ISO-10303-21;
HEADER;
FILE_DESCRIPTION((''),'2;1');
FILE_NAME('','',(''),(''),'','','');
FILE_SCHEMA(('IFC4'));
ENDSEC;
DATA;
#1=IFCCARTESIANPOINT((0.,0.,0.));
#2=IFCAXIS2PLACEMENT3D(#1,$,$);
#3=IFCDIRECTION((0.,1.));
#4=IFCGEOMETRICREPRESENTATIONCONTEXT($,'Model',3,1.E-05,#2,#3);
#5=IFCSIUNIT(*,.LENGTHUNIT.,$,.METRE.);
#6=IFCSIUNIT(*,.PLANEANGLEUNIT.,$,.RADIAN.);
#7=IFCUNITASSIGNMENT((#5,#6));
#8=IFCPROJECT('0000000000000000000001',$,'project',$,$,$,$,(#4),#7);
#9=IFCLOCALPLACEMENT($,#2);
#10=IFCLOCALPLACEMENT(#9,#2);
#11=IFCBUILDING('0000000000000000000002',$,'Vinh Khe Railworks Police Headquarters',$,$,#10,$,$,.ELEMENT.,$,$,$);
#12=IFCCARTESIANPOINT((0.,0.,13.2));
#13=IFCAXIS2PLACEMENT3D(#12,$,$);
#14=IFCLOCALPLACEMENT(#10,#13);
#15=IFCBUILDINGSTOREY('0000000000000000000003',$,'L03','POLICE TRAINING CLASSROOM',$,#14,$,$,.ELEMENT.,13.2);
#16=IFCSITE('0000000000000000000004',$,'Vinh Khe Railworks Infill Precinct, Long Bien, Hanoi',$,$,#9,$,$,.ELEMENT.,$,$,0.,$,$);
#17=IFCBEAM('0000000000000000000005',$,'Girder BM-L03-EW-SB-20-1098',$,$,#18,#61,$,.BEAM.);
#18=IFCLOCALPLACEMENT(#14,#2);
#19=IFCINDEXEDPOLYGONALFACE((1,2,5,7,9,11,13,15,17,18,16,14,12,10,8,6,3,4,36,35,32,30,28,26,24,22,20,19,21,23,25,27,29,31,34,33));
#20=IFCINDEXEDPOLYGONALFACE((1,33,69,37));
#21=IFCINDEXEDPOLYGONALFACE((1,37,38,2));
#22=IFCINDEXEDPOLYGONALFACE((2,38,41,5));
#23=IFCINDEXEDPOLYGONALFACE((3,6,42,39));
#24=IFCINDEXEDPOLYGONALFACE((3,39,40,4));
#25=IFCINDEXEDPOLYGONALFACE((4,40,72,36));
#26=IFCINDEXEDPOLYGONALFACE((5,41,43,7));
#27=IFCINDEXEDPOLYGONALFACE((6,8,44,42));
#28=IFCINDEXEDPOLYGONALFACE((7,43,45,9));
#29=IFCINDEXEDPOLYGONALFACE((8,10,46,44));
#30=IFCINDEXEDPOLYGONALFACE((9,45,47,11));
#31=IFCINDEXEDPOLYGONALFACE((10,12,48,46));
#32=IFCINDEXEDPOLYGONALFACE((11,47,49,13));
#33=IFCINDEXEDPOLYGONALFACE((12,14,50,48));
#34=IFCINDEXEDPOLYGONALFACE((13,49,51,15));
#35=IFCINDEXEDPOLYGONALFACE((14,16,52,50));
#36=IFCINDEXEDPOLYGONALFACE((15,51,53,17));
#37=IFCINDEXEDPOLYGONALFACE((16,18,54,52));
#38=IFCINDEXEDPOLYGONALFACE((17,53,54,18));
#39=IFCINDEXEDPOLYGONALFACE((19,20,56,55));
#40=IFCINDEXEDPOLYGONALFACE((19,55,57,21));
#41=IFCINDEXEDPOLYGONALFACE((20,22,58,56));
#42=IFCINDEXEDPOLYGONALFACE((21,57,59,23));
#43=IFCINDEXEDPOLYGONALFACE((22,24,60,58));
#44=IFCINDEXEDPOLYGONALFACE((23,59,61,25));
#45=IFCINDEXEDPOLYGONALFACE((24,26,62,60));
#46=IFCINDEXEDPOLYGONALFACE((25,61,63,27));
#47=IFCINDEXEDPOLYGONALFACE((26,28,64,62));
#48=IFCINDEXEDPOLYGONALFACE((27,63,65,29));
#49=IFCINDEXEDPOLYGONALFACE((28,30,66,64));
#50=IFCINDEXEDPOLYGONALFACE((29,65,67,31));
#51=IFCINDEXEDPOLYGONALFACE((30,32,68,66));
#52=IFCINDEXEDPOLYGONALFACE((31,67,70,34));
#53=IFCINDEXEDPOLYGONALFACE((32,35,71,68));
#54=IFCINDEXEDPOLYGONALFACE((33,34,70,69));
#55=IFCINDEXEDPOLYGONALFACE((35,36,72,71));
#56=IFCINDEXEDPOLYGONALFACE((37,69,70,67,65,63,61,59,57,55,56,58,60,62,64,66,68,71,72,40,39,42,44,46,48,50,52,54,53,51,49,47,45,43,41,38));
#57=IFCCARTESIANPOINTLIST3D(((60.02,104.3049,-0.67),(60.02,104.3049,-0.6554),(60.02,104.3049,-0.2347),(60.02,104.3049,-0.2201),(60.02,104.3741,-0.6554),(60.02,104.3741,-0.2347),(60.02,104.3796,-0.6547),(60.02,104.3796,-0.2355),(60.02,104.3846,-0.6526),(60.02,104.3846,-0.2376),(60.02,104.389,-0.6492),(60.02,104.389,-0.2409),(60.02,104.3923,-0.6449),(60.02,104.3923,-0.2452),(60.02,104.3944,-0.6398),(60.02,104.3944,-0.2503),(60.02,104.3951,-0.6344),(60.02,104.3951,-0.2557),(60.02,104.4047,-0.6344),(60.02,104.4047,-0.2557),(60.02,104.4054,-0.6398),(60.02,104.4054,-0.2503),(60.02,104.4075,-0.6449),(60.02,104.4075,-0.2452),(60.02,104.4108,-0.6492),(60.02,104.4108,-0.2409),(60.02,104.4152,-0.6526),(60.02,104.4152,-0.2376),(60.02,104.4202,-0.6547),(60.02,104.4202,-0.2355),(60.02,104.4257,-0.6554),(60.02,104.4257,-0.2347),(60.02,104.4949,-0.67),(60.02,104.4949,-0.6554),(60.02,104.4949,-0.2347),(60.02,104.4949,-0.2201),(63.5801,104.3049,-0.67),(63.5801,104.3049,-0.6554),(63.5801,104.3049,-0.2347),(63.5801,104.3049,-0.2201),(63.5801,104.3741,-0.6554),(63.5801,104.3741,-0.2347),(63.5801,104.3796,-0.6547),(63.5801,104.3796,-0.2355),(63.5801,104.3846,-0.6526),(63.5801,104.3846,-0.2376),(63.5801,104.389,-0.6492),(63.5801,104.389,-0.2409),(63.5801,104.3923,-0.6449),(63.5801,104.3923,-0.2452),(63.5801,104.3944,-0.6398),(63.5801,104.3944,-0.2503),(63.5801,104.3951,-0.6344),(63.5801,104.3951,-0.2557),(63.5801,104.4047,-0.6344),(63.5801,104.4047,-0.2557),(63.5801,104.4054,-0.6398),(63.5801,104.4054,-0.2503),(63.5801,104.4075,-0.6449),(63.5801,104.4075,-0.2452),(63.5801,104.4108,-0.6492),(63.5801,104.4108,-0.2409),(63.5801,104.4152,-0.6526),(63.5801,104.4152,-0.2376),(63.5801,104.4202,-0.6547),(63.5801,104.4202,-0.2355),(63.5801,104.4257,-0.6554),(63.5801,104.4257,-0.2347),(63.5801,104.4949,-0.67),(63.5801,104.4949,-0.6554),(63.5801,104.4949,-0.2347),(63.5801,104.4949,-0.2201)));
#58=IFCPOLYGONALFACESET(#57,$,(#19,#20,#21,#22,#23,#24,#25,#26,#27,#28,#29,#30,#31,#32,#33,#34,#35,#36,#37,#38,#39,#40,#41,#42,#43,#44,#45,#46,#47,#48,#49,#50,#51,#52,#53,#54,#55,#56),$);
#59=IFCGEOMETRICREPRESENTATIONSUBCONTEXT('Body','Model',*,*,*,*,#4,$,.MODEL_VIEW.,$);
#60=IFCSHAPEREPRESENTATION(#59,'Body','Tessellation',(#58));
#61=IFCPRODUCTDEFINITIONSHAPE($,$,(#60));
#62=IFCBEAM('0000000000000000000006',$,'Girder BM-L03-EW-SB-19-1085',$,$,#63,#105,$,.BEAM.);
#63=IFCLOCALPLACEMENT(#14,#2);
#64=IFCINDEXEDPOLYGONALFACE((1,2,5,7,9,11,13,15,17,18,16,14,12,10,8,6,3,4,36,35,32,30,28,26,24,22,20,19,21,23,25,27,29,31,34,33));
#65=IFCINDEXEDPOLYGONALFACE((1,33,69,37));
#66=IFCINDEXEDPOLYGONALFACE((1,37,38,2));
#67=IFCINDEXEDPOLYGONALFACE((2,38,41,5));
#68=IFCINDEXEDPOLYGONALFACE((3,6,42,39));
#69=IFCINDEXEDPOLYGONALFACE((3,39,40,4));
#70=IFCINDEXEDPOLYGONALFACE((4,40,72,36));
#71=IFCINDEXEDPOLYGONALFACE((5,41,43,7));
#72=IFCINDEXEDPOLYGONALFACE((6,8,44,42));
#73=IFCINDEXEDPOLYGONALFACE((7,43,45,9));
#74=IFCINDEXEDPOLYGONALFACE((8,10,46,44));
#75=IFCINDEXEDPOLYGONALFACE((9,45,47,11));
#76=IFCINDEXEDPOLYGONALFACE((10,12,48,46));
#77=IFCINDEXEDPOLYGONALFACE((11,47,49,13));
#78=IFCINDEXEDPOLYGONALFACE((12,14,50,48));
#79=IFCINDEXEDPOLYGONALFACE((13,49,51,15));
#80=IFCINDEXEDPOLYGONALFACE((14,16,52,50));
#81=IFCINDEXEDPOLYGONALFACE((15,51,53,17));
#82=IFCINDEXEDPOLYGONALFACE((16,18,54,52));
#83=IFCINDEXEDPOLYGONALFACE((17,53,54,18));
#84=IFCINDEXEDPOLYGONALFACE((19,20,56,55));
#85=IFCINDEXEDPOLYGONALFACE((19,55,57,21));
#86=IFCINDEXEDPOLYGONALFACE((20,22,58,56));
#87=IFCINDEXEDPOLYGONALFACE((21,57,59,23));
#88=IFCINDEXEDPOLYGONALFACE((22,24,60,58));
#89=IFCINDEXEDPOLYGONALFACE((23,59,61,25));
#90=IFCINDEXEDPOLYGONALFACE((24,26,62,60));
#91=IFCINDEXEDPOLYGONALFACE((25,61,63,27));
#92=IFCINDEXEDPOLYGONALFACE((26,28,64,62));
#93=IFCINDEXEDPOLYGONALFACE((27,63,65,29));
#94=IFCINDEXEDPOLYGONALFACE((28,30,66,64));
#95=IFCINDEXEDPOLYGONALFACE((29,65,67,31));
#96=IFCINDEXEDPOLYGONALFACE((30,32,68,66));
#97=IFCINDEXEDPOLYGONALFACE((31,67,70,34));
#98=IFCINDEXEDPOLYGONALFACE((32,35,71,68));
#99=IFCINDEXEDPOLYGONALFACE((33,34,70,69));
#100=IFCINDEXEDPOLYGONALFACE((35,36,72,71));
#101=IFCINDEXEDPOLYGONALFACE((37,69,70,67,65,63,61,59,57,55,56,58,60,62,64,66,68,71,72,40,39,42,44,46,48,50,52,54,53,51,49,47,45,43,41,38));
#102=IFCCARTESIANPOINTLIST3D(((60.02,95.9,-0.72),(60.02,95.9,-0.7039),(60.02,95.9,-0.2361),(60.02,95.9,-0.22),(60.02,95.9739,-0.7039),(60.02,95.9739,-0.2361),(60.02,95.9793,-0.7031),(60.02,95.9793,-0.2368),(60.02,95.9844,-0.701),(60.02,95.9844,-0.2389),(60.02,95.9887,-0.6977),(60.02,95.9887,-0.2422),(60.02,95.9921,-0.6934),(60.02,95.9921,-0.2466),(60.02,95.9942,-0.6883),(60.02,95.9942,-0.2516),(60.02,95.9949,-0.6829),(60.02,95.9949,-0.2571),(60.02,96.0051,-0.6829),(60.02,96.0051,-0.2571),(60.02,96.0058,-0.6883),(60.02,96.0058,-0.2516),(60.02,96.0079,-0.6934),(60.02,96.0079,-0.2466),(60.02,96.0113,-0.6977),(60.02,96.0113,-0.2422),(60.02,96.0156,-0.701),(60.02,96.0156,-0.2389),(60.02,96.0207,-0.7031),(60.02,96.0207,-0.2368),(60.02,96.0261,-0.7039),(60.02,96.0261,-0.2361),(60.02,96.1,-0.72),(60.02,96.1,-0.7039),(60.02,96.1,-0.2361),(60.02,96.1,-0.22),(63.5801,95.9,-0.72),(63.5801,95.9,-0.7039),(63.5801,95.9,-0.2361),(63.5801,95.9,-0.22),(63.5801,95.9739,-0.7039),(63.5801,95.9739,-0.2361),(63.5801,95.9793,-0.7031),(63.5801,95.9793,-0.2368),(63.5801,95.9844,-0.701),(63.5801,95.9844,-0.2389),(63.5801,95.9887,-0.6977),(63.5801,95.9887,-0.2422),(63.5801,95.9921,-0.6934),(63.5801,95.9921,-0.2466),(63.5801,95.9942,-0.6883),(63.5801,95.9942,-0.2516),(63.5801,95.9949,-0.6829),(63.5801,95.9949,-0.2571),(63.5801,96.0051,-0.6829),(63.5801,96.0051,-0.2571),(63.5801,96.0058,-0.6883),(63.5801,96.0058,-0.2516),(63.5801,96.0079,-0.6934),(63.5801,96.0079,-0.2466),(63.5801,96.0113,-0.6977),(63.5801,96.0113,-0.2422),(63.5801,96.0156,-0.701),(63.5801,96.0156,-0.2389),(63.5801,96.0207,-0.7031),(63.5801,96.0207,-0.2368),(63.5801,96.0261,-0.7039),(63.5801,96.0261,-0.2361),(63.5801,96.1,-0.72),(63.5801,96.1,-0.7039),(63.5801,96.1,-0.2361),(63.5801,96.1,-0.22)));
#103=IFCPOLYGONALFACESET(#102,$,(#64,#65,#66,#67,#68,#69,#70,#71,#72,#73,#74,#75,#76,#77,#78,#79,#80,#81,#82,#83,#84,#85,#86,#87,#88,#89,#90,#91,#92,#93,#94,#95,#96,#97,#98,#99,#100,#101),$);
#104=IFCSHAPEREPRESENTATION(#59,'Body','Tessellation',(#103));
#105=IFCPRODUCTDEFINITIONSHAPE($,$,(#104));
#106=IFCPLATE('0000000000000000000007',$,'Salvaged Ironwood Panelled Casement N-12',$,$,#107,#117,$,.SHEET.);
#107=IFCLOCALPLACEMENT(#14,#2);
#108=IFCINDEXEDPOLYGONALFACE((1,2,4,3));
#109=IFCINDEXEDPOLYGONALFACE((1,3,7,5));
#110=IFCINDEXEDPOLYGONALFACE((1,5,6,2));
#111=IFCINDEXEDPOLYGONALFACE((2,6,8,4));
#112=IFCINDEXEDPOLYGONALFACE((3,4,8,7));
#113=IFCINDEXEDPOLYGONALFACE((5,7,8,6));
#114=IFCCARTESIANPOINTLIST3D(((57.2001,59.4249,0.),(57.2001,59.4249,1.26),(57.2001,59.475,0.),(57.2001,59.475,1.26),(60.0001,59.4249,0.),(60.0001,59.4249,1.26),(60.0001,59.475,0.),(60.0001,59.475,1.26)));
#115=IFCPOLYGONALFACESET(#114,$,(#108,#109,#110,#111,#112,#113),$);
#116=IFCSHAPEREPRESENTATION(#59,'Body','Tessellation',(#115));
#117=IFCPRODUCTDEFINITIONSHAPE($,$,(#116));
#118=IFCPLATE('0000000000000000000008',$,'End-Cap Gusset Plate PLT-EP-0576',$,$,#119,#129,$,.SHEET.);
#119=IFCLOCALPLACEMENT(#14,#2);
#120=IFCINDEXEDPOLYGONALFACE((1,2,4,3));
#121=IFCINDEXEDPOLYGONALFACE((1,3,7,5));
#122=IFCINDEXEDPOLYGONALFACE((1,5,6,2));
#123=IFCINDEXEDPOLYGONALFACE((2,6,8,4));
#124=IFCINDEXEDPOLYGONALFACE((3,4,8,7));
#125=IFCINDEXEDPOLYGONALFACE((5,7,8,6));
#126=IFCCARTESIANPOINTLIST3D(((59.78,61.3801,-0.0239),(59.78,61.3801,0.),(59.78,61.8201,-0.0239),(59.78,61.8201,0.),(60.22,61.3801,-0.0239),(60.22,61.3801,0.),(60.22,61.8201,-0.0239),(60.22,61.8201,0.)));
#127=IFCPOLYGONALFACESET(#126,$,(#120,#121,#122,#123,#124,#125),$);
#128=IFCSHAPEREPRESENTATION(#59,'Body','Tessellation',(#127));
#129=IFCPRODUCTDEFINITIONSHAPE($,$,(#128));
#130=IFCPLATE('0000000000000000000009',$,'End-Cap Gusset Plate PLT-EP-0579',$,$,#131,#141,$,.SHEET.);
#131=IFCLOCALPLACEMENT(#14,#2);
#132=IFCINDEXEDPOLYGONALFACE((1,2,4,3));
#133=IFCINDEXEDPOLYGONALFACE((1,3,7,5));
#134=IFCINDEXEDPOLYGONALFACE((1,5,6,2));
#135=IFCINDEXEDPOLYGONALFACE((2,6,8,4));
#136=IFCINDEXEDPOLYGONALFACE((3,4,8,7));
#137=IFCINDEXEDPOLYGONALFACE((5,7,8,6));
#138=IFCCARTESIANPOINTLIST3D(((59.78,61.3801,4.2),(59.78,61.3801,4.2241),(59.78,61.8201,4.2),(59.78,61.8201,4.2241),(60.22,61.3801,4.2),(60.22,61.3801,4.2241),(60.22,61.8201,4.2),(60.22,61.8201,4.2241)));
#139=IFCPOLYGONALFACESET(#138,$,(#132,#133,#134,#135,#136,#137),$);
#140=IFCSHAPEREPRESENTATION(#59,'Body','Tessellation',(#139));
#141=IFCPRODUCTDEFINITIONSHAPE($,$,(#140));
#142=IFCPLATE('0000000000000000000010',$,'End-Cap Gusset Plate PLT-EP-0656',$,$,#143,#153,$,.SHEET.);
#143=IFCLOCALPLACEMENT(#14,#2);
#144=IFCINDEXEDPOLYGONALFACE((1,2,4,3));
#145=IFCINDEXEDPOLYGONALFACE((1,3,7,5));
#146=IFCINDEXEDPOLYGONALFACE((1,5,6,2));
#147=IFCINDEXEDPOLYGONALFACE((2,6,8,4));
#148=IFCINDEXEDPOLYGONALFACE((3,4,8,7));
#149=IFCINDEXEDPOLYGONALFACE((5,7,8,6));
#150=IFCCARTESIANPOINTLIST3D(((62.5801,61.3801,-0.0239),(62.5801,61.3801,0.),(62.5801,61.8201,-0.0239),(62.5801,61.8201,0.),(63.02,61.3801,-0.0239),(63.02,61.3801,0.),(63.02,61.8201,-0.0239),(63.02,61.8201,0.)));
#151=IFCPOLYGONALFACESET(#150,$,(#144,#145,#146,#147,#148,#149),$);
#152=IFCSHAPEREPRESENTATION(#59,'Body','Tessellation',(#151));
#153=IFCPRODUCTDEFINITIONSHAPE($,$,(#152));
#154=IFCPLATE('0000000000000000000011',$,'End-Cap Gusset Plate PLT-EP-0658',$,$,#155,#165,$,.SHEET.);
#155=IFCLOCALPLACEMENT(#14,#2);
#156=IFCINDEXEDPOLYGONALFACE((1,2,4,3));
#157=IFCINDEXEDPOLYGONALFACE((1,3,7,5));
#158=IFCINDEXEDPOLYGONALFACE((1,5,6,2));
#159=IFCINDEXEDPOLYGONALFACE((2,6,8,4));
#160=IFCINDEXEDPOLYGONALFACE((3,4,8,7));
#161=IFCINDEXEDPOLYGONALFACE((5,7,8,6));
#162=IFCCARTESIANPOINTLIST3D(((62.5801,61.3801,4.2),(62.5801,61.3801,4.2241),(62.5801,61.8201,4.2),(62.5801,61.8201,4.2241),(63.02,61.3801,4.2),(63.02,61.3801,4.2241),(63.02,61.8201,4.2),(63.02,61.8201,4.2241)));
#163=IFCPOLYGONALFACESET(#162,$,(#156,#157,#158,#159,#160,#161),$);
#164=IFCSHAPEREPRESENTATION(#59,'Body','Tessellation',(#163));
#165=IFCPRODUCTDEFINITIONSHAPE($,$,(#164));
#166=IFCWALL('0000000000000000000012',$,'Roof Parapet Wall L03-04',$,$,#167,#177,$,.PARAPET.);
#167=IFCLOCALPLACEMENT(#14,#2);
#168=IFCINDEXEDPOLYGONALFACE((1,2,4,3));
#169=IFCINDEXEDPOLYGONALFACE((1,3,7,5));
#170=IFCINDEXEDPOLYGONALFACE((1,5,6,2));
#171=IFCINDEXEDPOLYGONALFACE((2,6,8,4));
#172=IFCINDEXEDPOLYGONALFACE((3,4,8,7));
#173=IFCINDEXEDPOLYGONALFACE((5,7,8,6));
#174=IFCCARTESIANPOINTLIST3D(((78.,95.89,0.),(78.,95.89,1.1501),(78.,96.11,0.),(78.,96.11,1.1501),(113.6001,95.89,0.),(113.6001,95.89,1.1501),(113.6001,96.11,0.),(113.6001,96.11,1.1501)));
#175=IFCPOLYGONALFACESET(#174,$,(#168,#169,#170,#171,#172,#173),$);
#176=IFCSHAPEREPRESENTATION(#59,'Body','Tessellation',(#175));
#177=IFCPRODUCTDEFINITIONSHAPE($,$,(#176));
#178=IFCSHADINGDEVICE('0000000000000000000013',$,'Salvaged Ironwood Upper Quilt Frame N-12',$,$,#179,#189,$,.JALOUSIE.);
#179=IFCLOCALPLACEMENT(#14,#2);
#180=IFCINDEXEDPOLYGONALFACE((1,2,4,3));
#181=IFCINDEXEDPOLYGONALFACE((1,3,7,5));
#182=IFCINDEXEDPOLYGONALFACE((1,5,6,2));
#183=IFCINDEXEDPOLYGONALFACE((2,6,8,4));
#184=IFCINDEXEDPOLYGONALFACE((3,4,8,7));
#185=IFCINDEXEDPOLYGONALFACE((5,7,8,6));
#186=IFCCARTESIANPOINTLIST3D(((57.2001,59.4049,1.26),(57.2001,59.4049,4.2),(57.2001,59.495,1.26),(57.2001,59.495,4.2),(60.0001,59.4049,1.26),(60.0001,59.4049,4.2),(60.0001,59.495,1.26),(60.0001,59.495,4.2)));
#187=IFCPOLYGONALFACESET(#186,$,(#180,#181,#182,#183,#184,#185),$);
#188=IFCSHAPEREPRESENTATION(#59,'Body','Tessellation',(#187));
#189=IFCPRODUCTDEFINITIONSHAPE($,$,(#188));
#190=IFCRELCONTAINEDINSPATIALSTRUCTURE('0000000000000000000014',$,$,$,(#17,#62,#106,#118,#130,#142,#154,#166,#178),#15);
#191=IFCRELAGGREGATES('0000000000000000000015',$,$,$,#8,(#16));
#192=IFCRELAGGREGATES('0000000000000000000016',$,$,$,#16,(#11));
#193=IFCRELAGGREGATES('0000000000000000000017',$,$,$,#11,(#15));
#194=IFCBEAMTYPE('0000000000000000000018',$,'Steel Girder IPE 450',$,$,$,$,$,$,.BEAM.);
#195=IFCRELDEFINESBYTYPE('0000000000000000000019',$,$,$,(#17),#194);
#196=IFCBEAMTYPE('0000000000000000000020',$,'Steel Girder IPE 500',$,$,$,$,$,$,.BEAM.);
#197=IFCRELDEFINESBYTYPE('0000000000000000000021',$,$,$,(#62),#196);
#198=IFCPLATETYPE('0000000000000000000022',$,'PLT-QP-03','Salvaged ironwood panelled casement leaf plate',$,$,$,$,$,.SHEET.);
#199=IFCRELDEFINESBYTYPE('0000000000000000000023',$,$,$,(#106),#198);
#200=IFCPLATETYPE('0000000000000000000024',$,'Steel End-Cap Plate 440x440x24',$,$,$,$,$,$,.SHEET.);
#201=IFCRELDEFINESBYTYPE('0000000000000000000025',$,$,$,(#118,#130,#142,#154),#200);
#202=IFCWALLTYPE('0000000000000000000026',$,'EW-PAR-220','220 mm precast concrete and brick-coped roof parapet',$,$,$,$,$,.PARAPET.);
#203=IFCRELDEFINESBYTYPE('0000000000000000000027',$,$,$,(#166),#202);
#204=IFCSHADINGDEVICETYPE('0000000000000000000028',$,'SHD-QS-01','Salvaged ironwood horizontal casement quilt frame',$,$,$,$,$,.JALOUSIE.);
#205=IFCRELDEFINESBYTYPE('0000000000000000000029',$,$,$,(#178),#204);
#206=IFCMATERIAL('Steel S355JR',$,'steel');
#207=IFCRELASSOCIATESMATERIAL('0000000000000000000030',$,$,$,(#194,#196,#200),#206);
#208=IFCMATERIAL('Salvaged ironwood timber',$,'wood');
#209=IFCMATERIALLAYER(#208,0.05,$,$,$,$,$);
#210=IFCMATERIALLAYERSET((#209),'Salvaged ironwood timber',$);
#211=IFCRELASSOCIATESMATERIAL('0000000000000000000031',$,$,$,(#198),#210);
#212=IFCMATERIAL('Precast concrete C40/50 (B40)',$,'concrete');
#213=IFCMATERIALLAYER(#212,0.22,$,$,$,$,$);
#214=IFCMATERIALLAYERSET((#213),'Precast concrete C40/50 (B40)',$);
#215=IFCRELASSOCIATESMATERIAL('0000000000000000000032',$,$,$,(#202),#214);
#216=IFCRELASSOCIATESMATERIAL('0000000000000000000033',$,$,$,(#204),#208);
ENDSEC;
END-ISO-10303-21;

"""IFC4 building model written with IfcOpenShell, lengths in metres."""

from ifc_helpers import new_model, si_unit, direction, frame, frame_2d, origin, origin_2d, place, context, subcontext, project, spatial, rectangle, i_section, extrude, material, layer, layer_set, material_profile, profile_set, type_object, element, save


model = new_model("IFC4")

# Units and contexts
model_context = context("Model", 3, precision=1e-05, world=origin(), true_north=direction((0.0, 1.0)))
body_context = subcontext(model_context, "Body", "Model", "MODEL_VIEW")
ifc_project = project(units=[si_unit("LENGTHUNIT", "METRE"), si_unit("PLANEANGLEUNIT", "RADIAN")], contexts=[model_context])

# Site, building, storey
site_placement = place(None, origin())
site = spatial("IfcSite", under=ifc_project, at=site_placement, Name="Vinh Khe Railworks Infill Precinct, Long Bien, Hanoi", CompositionType="ELEMENT", RefElevation=0.0)
building_placement = place(site_placement, origin())
building = spatial("IfcBuilding", under=site, at=building_placement, Name="Vinh Khe Railworks Police Headquarters", CompositionType="ELEMENT")
storey_placement = place(building_placement, frame((0.0, 0.0, 13.2)))
storey = spatial("IfcBuildingStorey", under=building, at=storey_placement, Name="L03", Description="POLICE TRAINING CLASSROOM", CompositionType="ELEMENT", Elevation=13.2)

# Shared definitions
ifc_material_1 = material(Name="Steel S355JR", Category="steel")

# Shared definitions
ifc_material_2 = material(Name="Salvaged ironwood timber", Category="wood")

# Beams
ifc_material_profile_1 = material_profile(ifc_material_1, i_section(OverallWidth=0.1899, OverallDepth=0.45, WebThickness=0.0095, FlangeThickness=0.0146, FilletRadius=0.021, at=origin_2d()), Name="IPE 450")
ifc_profile_set_1 = profile_set([ifc_material_profile_1], Name="Steel S355JR")
beam_type_1 = type_object("IfcBeamType", Name="Steel Girder IPE 450", PredefinedType="BEAM", material=ifc_profile_set_1)
beam_1_placement = place(storey_placement, frame((60.02, 104.3999, -0.4451), z_axis=(1.0, 0.0, 0.0), x_axis=(0.0, 1.0, 0.0)))
element("IfcBeam", 1, at=beam_1_placement, inside=storey, type_object=beam_type_1, Name="Girder BM-L03-EW-SB-20-1098", PredefinedType="BEAM", context=body_context, shape_type="SweptSolid", body=[
    extrude(i_section(OverallWidth=0.1899, OverallDepth=0.45, WebThickness=0.0095, FlangeThickness=0.0146, FilletRadius=0.021, at=origin_2d()), origin(), (0.0, 0.0, 1.0), 3.5601),
])
ifc_material_profile_2 = material_profile(ifc_material_1, i_section(OverallWidth=0.2, OverallDepth=0.5, WebThickness=0.0103, FlangeThickness=0.0161, FilletRadius=0.021, at=origin_2d()), Name="IPE 500")
ifc_profile_set_2 = profile_set([ifc_material_profile_2], Name="Steel S355JR")
beam_type_2 = type_object("IfcBeamType", Name="Steel Girder IPE 500", PredefinedType="BEAM", material=ifc_profile_set_2)
beam_2_placement = place(storey_placement, frame((60.02, 96.0, -0.47), z_axis=(1.0, 0.0, 0.0), x_axis=(0.0, 1.0, 0.0)))
element("IfcBeam", 2, at=beam_2_placement, inside=storey, type_object=beam_type_2, Name="Girder BM-L03-EW-SB-19-1085", PredefinedType="BEAM", context=body_context, shape_type="SweptSolid", body=[
    extrude(i_section(OverallWidth=0.2, OverallDepth=0.5, WebThickness=0.0103, FlangeThickness=0.0161, FilletRadius=0.021, at=origin_2d()), origin(), (0.0, 0.0, 1.0), 3.5601),
])

# Plates
ifc_layer_1 = layer(ifc_material_2, 0.05)
ifc_layer_set_1 = layer_set([ifc_layer_1], Name="Salvaged ironwood timber")
plate_type_1 = type_object("IfcPlateType", Name="PLT-QP-03", Description="Salvaged ironwood panelled casement leaf plate", PredefinedType="SHEET", material=ifc_layer_set_1)
plate_1_placement = place(storey_placement, frame((58.6001, 59.45, 0.0), z_axis=(0.0, 0.0, 1.0), x_axis=(1.0, 0.0, 0.0)))
element("IfcPlate", 3, at=plate_1_placement, inside=storey, type_object=plate_type_1, Name="Salvaged Ironwood Panelled Casement N-12", PredefinedType="SHEET", context=body_context, shape_type="SweptSolid", body=[
    extrude(rectangle(XDim=2.8, YDim=0.05, at=origin_2d()), origin(), (0.0, 0.0, 1.0), 1.26),
])
ifc_material_profile_3 = material_profile(ifc_material_1, rectangle(XDim=0.4399, YDim=0.4399, at=origin_2d()), Name="PL 440x440")
ifc_profile_set_3 = profile_set([ifc_material_profile_3], Name="Steel S355JR")
plate_type_2 = type_object("IfcPlateType", Name="Steel End-Cap Plate 440x440x24", PredefinedType="SHEET", material=ifc_profile_set_3)
plate_2_placement = place(storey_placement, frame((60.0, 61.6001, 0.0), z_axis=(0.0, 0.0, -1.0), x_axis=(1.0, 0.0, 0.0)))
element("IfcPlate", 4, at=plate_2_placement, inside=storey, type_object=plate_type_2, Name="End-Cap Gusset Plate PLT-EP-0576", PredefinedType="SHEET", context=body_context, shape_type="SweptSolid", body=[
    extrude(rectangle(XDim=0.4399, YDim=0.4399, at=origin_2d()), origin(), (0.0, 0.0, 1.0), 0.0239),
])
plate_3_placement = place(storey_placement, frame((60.0, 61.6001, 4.2), z_axis=(0.0, 0.0, 1.0), x_axis=(1.0, 0.0, 0.0)))
element("IfcPlate", 5, at=plate_3_placement, inside=storey, type_object=plate_type_2, Name="End-Cap Gusset Plate PLT-EP-0579", PredefinedType="SHEET", context=body_context, shape_type="SweptSolid", body=[
    extrude(rectangle(XDim=0.4399, YDim=0.4399, at=origin_2d()), origin(), (0.0, 0.0, 1.0), 0.0242),
])
plate_4_placement = place(storey_placement, frame((62.8, 61.6001, 0.0), z_axis=(0.0, 0.0, -1.0), x_axis=(1.0, 0.0, 0.0)))
element("IfcPlate", 6, at=plate_4_placement, inside=storey, type_object=plate_type_2, Name="End-Cap Gusset Plate PLT-EP-0656", PredefinedType="SHEET", context=body_context, shape_type="SweptSolid", body=[
    extrude(rectangle(XDim=0.4399, YDim=0.4399, at=origin_2d()), origin(), (0.0, 0.0, 1.0), 0.0239),
])
plate_5_placement = place(storey_placement, frame((62.8, 61.6001, 4.2), z_axis=(0.0, 0.0, 1.0), x_axis=(1.0, 0.0, 0.0)))
element("IfcPlate", 7, at=plate_5_placement, inside=storey, type_object=plate_type_2, Name="End-Cap Gusset Plate PLT-EP-0658", PredefinedType="SHEET", context=body_context, shape_type="SweptSolid", body=[
    extrude(rectangle(XDim=0.4399, YDim=0.4399, at=origin_2d()), origin(), (0.0, 0.0, 1.0), 0.0242),
])

# Wall
ifc_material_3 = material(Name="Precast concrete C40/50 (B40)", Category="concrete")
ifc_layer_2 = layer(ifc_material_3, 0.22)
ifc_layer_set_2 = layer_set([ifc_layer_2], Name="Precast concrete C40/50 (B40)")
wall_type = type_object("IfcWallType", Name="EW-PAR-220", Description="220 mm precast concrete and brick-coped roof parapet", PredefinedType="PARAPET", material=ifc_layer_set_2)
wall_placement = place(storey_placement, frame((78.0, 96.0, 0.0), z_axis=(0.0, 0.0, 1.0), x_axis=(1.0, 0.0, 0.0)))
element("IfcWall", 8, at=wall_placement, inside=storey, type_object=wall_type, Name="Roof Parapet Wall L03-04", PredefinedType="PARAPET", context=body_context, shape_type="SweptSolid", body=[
    extrude(rectangle(XDim=35.6001, YDim=0.22, at=frame_2d((17.8, 0.0))), origin(), (0.0, 0.0, 1.0), 1.1501),
])

# Shading device
shading_device_type_1 = type_object("IfcShadingDeviceType", Name="SHD-QS-01", Description="Salvaged ironwood horizontal casement quilt frame", PredefinedType="JALOUSIE", material=ifc_material_2)
shading_device_1_placement = place(storey_placement, frame((58.6001, 59.45, 1.26), z_axis=(0.0, 0.0, 1.0), x_axis=(1.0, 0.0, 0.0)))
element("IfcShadingDevice", 9, at=shading_device_1_placement, inside=storey, type_object=shading_device_type_1, Name="Salvaged Ironwood Upper Quilt Frame N-12", PredefinedType="JALOUSIE", context=body_context, shape_type="SweptSolid", body=[
    extrude(rectangle(XDim=2.8, YDim=0.0901, at=origin_2d()), origin(), (0.0, 0.0, 1.0), 2.9399),
])

save(model, "model.ifc")
